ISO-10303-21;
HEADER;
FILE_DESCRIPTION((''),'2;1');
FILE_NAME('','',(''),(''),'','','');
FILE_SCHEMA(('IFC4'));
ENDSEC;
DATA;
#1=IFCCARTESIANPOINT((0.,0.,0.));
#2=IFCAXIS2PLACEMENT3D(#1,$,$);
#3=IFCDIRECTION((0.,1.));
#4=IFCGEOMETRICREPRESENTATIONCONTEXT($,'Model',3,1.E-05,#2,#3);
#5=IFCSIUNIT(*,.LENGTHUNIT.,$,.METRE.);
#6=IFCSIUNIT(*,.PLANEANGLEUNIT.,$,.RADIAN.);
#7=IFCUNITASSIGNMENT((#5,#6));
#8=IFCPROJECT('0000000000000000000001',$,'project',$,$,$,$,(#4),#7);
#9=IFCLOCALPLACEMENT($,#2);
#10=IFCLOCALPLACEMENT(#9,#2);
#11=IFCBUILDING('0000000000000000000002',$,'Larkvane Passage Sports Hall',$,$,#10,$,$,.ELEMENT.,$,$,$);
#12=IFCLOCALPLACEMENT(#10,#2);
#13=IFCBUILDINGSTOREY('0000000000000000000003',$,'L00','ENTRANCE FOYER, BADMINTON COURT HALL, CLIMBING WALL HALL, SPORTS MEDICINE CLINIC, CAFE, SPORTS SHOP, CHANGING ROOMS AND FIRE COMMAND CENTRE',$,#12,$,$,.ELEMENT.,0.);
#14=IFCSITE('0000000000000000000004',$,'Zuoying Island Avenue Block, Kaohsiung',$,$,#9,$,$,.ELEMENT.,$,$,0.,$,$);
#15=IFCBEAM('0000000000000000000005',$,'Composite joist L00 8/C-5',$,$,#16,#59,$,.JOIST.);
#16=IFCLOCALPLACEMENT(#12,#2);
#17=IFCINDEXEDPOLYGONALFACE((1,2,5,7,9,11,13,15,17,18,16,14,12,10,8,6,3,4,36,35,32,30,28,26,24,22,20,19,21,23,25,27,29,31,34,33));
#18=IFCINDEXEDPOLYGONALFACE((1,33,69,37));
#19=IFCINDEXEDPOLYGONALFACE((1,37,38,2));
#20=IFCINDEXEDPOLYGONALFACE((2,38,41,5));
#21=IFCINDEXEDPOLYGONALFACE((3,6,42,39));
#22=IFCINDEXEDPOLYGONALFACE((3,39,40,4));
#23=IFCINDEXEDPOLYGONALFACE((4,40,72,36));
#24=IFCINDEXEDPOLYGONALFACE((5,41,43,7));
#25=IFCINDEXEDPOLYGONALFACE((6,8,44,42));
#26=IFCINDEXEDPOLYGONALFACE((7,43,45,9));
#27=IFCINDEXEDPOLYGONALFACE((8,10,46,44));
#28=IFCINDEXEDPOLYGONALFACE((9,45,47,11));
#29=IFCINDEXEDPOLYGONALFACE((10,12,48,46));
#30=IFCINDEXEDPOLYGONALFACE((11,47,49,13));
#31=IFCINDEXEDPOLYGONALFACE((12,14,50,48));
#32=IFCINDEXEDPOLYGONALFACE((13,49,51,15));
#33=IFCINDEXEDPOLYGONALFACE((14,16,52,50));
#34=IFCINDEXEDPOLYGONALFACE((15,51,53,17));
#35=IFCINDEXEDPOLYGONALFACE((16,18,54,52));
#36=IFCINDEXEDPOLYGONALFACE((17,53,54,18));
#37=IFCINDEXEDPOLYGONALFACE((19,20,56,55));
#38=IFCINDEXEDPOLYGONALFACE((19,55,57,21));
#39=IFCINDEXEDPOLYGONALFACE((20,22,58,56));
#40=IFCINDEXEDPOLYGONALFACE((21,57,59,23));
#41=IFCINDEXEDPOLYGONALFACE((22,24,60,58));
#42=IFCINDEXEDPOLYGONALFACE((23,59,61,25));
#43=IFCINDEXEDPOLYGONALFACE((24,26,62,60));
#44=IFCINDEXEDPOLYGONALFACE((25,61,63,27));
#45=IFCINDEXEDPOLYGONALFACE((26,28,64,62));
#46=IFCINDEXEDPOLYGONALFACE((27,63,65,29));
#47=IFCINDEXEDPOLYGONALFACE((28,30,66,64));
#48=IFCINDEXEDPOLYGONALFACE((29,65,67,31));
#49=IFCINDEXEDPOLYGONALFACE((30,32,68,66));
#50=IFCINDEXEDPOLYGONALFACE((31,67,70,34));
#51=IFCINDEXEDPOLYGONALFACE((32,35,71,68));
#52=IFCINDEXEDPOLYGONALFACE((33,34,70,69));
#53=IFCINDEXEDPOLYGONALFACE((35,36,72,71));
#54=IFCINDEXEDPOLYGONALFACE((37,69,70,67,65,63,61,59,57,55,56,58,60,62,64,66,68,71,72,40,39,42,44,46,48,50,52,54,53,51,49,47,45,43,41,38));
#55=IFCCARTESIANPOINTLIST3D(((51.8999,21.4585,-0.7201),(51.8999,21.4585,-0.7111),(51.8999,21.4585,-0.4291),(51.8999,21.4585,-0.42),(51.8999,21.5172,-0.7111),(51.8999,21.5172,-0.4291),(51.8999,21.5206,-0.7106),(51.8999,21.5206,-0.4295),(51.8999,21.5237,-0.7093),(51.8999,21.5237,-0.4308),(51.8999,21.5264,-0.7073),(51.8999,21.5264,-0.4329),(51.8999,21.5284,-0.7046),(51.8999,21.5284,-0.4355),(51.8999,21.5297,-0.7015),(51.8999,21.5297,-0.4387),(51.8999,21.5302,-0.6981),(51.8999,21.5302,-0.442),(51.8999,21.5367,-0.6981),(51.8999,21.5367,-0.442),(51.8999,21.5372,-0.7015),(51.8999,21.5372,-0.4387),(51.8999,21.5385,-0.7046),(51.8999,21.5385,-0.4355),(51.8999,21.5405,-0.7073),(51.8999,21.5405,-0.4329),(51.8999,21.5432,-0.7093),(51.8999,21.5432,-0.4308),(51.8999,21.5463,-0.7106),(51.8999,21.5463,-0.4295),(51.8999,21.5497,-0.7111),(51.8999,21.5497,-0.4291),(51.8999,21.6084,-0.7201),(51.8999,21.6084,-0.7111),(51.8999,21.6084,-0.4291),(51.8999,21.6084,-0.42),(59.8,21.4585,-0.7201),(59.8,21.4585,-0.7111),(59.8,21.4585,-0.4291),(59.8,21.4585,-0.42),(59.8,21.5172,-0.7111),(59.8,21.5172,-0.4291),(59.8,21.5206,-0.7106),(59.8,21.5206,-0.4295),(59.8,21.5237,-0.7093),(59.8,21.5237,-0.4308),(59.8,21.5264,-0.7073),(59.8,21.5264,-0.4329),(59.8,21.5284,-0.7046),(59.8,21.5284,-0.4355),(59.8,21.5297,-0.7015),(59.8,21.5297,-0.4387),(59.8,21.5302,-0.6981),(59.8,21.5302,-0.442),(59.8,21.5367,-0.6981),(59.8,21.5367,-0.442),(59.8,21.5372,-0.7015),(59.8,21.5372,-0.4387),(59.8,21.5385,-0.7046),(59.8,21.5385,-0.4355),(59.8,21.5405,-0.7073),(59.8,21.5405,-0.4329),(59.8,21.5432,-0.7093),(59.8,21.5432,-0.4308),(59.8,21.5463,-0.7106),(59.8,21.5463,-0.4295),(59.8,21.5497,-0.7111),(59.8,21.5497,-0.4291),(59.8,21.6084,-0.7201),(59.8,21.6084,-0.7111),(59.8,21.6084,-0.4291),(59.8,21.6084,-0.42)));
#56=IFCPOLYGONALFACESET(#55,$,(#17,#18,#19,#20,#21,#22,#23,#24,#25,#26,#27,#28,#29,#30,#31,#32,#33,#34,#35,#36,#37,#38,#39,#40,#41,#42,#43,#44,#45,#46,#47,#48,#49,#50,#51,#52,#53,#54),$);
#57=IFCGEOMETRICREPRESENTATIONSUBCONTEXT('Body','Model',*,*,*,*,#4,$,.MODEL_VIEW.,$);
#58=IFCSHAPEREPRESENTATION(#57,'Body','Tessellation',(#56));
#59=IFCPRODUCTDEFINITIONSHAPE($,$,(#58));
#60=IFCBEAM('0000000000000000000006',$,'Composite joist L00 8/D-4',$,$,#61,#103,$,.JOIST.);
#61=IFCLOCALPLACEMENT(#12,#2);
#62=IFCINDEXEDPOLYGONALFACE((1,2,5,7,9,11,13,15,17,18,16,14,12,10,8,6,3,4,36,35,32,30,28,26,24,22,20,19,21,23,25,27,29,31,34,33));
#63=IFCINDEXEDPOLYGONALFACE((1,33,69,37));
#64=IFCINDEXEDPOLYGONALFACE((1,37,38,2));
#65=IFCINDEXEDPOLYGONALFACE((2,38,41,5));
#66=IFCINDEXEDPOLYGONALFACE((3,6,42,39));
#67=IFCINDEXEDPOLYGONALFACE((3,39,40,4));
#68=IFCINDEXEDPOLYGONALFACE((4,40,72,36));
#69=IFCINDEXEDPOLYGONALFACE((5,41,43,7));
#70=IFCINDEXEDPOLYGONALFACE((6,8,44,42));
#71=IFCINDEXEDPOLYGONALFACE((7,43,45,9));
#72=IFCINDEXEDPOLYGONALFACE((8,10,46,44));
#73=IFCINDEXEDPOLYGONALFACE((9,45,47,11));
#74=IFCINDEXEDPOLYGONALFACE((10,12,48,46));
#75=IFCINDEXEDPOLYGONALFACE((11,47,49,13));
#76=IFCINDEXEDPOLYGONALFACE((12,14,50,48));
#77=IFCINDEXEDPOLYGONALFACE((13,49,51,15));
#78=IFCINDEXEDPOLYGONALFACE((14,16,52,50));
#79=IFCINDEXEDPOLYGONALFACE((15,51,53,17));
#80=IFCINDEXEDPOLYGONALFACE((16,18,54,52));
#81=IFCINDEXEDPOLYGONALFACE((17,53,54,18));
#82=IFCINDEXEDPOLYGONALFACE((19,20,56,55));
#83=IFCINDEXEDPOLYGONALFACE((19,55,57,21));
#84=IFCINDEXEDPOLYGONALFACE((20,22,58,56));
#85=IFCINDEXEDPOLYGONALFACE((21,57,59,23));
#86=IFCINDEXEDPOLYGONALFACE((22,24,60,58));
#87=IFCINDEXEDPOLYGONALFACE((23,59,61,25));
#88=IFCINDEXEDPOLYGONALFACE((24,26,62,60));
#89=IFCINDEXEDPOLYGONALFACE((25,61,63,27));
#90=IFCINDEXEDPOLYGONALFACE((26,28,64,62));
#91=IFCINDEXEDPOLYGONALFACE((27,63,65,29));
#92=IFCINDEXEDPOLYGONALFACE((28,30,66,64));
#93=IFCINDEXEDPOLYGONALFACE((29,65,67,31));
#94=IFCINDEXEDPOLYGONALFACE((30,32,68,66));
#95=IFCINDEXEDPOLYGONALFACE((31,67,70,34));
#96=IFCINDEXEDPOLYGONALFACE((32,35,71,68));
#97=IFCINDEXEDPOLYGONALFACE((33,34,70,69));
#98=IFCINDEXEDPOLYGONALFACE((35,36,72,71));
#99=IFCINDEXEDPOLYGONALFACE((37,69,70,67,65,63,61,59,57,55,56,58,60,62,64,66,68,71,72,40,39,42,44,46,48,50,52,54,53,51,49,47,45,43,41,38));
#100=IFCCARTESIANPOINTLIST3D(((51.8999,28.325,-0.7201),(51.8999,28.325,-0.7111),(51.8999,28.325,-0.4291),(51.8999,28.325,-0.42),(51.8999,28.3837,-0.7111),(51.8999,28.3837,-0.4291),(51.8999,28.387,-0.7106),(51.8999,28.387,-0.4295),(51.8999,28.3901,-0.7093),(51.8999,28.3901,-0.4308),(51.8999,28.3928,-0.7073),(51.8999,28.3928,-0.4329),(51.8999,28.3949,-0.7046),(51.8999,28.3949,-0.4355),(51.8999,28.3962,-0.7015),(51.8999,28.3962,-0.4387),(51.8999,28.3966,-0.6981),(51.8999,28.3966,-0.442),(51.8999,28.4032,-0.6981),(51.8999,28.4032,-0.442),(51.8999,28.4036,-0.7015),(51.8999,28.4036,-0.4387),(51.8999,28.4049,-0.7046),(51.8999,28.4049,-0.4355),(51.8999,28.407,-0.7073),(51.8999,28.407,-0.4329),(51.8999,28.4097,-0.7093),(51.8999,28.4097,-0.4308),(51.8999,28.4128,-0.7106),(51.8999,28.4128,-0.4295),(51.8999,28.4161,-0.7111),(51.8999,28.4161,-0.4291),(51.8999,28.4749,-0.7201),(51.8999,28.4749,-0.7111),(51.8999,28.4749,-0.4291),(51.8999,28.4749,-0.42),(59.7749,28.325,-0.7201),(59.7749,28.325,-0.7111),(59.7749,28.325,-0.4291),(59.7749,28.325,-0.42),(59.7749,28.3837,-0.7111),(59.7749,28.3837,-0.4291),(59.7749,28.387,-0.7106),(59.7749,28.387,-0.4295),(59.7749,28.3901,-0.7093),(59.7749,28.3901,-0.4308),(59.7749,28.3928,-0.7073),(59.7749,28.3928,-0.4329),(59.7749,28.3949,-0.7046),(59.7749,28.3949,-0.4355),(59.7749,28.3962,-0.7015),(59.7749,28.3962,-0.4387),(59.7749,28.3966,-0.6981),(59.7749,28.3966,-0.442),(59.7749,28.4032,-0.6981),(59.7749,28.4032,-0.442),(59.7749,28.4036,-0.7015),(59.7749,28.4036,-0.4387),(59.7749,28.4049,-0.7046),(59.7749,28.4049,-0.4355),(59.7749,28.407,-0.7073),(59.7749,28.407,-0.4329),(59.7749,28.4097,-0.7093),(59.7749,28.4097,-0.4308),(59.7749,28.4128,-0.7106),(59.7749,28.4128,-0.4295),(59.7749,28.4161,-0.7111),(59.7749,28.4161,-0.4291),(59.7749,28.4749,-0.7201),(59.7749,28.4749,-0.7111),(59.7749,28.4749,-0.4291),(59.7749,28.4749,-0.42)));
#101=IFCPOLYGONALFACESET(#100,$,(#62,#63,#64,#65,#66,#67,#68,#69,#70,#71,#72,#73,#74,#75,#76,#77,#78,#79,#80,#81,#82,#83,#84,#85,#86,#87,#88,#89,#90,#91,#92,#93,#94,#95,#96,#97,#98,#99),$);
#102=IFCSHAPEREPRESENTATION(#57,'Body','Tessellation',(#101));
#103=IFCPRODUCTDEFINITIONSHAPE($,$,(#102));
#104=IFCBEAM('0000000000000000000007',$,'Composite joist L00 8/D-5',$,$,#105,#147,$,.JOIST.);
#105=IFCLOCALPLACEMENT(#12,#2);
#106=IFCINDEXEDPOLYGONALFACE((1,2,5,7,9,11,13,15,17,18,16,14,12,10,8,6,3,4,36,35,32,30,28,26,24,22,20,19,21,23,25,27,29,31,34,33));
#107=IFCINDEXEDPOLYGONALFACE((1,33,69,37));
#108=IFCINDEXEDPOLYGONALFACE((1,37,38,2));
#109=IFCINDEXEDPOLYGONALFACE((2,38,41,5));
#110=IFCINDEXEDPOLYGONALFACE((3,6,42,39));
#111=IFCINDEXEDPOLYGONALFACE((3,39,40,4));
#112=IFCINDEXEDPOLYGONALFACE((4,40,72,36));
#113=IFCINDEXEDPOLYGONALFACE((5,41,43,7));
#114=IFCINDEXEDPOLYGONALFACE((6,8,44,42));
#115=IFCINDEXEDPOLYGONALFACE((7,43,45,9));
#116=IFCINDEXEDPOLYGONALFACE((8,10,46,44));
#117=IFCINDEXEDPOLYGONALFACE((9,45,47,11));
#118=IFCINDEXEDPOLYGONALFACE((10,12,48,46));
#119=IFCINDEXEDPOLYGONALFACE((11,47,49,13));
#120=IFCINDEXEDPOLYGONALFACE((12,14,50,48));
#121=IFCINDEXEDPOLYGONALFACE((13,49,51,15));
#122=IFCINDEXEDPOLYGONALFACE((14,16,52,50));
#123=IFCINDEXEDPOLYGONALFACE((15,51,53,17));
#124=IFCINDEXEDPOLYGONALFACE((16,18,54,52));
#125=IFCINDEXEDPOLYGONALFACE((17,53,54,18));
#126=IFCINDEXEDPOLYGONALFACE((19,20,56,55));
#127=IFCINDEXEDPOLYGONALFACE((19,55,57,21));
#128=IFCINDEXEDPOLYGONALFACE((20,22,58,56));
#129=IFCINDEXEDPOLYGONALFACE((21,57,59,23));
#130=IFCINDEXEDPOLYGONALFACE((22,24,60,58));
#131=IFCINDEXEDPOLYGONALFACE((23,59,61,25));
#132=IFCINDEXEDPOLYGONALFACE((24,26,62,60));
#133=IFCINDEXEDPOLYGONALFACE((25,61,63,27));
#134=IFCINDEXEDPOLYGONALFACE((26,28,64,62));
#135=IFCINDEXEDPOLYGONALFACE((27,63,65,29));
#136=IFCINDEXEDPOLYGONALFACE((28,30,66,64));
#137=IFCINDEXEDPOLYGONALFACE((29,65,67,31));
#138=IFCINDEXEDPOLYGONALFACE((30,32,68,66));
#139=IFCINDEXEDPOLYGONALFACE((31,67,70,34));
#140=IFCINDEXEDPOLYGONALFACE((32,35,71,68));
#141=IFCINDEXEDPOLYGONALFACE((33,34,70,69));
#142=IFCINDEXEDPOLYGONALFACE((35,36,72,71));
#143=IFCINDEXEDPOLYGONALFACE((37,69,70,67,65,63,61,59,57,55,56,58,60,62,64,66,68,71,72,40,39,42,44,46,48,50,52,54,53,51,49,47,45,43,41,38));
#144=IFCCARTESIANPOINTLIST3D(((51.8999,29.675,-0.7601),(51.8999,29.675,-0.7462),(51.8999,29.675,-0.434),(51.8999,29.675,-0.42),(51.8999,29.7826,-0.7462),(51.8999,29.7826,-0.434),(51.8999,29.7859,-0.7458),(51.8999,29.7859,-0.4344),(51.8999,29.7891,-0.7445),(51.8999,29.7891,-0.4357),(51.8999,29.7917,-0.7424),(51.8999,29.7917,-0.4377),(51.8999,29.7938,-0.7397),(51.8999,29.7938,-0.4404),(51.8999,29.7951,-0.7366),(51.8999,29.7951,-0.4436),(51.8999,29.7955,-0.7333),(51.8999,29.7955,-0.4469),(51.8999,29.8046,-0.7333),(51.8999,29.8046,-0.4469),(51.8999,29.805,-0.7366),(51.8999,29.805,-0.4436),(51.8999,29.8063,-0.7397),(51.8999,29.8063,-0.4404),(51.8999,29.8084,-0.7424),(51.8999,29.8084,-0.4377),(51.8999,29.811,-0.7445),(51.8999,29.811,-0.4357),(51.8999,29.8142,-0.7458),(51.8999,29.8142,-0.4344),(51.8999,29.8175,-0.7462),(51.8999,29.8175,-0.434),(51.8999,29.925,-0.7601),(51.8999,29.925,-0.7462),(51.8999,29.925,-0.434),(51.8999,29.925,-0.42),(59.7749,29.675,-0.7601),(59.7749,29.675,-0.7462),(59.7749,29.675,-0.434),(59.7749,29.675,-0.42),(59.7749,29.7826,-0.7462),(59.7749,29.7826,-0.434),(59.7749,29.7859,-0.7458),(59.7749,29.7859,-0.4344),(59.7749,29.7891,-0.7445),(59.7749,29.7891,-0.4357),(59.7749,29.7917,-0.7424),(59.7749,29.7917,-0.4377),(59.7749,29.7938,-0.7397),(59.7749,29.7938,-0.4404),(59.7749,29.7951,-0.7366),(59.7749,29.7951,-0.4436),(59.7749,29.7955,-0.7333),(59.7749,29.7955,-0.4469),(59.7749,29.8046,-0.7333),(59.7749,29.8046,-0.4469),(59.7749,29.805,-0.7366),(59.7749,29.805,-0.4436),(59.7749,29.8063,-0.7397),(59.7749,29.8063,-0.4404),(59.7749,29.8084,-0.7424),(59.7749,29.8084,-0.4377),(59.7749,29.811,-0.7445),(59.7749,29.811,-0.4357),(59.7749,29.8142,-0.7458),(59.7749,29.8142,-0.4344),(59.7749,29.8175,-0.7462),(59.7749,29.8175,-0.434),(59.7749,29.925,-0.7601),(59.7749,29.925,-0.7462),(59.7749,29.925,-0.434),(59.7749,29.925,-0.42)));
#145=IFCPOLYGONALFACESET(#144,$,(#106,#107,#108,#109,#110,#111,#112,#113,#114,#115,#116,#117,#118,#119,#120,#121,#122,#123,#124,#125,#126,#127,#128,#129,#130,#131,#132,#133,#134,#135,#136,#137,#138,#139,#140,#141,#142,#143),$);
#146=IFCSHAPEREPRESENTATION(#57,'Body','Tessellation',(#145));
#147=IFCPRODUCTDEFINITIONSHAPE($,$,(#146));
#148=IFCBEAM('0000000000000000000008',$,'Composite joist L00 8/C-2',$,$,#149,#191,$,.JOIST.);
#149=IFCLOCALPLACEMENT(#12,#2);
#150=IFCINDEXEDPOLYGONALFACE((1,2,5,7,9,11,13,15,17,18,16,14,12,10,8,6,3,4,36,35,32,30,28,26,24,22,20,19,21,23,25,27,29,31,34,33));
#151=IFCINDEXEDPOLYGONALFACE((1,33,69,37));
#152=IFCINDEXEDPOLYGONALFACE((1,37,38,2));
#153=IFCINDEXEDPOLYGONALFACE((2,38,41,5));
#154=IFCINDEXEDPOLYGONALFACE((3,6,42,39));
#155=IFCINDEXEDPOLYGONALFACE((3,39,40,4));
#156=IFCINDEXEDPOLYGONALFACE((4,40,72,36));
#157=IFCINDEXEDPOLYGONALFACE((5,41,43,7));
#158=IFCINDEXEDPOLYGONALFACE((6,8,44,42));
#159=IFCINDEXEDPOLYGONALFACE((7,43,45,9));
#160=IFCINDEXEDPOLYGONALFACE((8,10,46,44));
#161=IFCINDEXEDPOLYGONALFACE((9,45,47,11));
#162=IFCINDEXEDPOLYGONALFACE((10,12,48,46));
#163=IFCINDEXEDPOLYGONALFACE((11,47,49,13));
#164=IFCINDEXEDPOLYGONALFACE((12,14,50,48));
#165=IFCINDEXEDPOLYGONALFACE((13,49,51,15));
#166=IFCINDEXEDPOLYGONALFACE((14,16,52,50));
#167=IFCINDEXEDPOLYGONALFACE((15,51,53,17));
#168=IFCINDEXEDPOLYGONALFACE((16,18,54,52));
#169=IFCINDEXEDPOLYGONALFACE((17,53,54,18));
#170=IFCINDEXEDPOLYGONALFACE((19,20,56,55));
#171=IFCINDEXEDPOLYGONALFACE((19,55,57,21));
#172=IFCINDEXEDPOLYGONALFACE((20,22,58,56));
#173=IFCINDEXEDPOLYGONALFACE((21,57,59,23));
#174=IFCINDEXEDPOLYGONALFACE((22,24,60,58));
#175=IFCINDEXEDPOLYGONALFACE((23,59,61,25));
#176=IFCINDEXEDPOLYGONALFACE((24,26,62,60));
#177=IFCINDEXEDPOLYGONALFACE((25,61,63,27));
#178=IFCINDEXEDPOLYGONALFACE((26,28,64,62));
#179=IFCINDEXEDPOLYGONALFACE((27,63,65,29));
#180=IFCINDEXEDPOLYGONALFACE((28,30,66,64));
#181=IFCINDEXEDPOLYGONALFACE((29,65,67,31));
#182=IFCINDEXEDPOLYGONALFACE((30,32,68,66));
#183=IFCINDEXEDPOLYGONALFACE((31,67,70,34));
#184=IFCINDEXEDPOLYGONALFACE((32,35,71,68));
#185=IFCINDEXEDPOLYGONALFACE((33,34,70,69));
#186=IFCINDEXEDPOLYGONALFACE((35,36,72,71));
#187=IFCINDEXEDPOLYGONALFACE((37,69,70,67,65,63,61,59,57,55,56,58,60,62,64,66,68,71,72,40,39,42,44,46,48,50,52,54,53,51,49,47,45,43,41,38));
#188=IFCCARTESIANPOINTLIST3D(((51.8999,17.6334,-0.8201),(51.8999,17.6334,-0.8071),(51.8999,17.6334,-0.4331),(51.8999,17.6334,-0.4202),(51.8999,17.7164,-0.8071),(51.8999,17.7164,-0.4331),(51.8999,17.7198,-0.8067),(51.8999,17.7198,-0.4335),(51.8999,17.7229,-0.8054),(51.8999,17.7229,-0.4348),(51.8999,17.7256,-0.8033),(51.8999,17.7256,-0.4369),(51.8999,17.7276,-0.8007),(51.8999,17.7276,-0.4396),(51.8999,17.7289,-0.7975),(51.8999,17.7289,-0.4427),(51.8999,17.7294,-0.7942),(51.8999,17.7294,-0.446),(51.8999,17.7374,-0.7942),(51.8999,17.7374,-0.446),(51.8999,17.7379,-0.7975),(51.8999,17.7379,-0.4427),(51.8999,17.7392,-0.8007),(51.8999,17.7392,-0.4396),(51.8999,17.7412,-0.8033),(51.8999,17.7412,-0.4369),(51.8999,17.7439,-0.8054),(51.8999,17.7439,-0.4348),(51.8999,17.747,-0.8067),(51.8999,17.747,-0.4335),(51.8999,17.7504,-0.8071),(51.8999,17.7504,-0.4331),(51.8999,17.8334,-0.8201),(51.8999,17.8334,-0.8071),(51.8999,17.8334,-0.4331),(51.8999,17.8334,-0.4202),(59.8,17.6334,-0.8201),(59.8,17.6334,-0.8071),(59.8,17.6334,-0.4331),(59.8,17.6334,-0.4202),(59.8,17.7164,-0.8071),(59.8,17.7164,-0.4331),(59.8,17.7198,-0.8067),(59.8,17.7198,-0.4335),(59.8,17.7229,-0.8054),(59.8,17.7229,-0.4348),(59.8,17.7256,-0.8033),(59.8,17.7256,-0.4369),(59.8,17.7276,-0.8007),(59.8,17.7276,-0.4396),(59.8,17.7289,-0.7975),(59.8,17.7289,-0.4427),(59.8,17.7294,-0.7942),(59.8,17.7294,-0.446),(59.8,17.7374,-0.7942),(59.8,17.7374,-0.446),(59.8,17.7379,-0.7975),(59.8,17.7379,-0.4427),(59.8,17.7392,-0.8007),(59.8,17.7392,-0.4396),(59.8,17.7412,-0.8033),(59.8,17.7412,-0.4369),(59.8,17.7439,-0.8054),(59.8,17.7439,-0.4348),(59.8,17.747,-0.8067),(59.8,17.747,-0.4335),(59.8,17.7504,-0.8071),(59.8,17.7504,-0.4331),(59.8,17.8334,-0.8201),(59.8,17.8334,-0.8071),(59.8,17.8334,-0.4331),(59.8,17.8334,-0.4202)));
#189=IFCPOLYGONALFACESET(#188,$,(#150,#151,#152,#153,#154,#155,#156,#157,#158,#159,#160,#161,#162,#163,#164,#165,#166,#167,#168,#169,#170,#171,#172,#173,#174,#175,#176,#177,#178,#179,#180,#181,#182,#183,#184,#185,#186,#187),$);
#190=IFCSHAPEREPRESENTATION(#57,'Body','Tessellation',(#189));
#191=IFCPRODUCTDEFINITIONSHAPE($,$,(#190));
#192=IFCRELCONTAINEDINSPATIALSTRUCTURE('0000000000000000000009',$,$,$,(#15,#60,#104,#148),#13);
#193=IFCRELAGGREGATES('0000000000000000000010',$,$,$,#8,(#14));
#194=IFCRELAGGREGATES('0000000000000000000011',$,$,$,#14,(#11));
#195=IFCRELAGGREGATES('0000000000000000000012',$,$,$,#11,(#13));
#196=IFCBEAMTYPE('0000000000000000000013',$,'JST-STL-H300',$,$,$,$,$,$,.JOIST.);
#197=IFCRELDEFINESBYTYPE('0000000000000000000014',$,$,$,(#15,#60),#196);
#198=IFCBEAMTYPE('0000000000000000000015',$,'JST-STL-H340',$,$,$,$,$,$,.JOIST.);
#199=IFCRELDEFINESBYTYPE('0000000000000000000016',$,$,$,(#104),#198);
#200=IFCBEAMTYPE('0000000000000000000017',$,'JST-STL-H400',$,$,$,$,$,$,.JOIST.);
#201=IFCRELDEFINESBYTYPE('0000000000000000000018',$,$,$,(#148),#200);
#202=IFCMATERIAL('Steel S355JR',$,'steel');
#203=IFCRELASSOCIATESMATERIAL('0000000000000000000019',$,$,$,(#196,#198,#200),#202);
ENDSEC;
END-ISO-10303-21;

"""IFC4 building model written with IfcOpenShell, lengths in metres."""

from ifc_helpers import new_model, si_unit, direction, frame, origin, origin_2d, place, context, subcontext, project, spatial, i_section, extrude, material, material_profile, profile_set, type_object, element, save


model = new_model("IFC4")

# Units and contexts
model_context = context("Model", 3, precision=1e-05, world=origin(), true_north=direction((0.0, 1.0)))
body_context = subcontext(model_context, "Body", "Model", "MODEL_VIEW")
ifc_project = project(units=[si_unit("LENGTHUNIT", "METRE"), si_unit("PLANEANGLEUNIT", "RADIAN")], contexts=[model_context])

# Site, building, storey
site_placement = place(None, origin())
site = spatial("IfcSite", under=ifc_project, at=site_placement, Name="Zuoying Island Avenue Block, Kaohsiung", CompositionType="ELEMENT", RefElevation=0.0)
building_placement = place(site_placement, origin())
building = spatial("IfcBuilding", under=site, at=building_placement, Name="Larkvane Passage Sports Hall", CompositionType="ELEMENT")
storey_placement = place(building_placement, origin())
storey = spatial("IfcBuildingStorey", under=building, at=storey_placement, Name="L00", Description="ENTRANCE FOYER, BADMINTON COURT HALL, CLIMBING WALL HALL, SPORTS MEDICINE CLINIC, CAFE, SPORTS SHOP, CHANGING ROOMS AND FIRE COMMAND CENTRE", CompositionType="ELEMENT", Elevation=0.0)

# Beams
ifc_material_1 = material(Name="Steel S355JR", Category="steel")
ifc_material_profile_1 = material_profile(ifc_material_1, i_section(OverallWidth=0.1499, OverallDepth=0.3, WebThickness=0.0066, FlangeThickness=0.009, FilletRadius=0.0129, at=origin_2d()), Name="H-300x150x6.5x9")
ifc_profile_set_1 = profile_set([ifc_material_profile_1], Name="Steel S355JR")
beam_type_1 = type_object("IfcBeamType", Name="JST-STL-H300", PredefinedType="JOIST", material=ifc_profile_set_1)
beam_1_placement = place(storey_placement, frame((51.8999, 21.5334, -0.5701), z_axis=(1.0, 0.0, 0.0), x_axis=(0.0, 1.0, 0.0)))
element("IfcBeam", 1, at=beam_1_placement, inside=storey, type_object=beam_type_1, Name="Composite joist L00 8/C-5", PredefinedType="JOIST", context=body_context, shape_type="SweptSolid", body=[
    extrude(i_section(OverallWidth=0.1499, OverallDepth=0.3, WebThickness=0.0066, FlangeThickness=0.009, FilletRadius=0.0129, at=origin_2d()), origin(), (0.0, 0.0, 1.0), 7.9001),
])
beam_2_placement = place(storey_placement, frame((51.8999, 28.3999, -0.5701), z_axis=(1.0, 0.0, 0.0), x_axis=(0.0, 1.0, 0.0)))
element("IfcBeam", 2, at=beam_2_placement, inside=storey, type_object=beam_type_1, Name="Composite joist L00 8/D-4", PredefinedType="JOIST", context=body_context, shape_type="SweptSolid", body=[
    extrude(i_section(OverallWidth=0.1499, OverallDepth=0.3, WebThickness=0.0066, FlangeThickness=0.009, FilletRadius=0.0129, at=origin_2d()), origin(), (0.0, 0.0, 1.0), 7.875),
])
ifc_material_profile_2 = material_profile(ifc_material_1, i_section(OverallWidth=0.25, OverallDepth=0.3401, WebThickness=0.009, FlangeThickness=0.0139, FilletRadius=0.0129, at=origin_2d()), Name="H-340x250x9x14")
ifc_profile_set_2 = profile_set([ifc_material_profile_2], Name="Steel S355JR")
beam_type_2 = type_object("IfcBeamType", Name="JST-STL-H340", PredefinedType="JOIST", material=ifc_profile_set_2)
beam_3_placement = place(storey_placement, frame((51.8999, 29.8, -0.5901), z_axis=(1.0, 0.0, 0.0), x_axis=(0.0, 1.0, 0.0)))
element("IfcBeam", 3, at=beam_3_placement, inside=storey, type_object=beam_type_2, Name="Composite joist L00 8/D-5", PredefinedType="JOIST", context=body_context, shape_type="SweptSolid", body=[
    extrude(i_section(OverallWidth=0.25, OverallDepth=0.3401, WebThickness=0.009, FlangeThickness=0.0139, FilletRadius=0.0129, at=origin_2d()), origin(), (0.0, 0.0, 1.0), 7.875),
])
ifc_material_profile_3 = material_profile(ifc_material_1, i_section(OverallWidth=0.2, OverallDepth=0.3999, WebThickness=0.0081, FlangeThickness=0.0129, FilletRadius=0.0129, at=origin_2d()), Name="H-400x200x8x13")
ifc_profile_set_3 = profile_set([ifc_material_profile_3], Name="Steel S355JR")
beam_type_3 = type_object("IfcBeamType", Name="JST-STL-H400", PredefinedType="JOIST", material=ifc_profile_set_3)
beam_4_placement = place(storey_placement, frame((51.8999, 17.7334, -0.6201), z_axis=(1.0, 0.0, 0.0), x_axis=(0.0, 1.0, 0.0)))
element("IfcBeam", 4, at=beam_4_placement, inside=storey, type_object=beam_type_3, Name="Composite joist L00 8/C-2", PredefinedType="JOIST", context=body_context, shape_type="SweptSolid", body=[
    extrude(i_section(OverallWidth=0.2, OverallDepth=0.3999, WebThickness=0.0081, FlangeThickness=0.0129, FilletRadius=0.0129, at=origin_2d()), origin(), (0.0, 0.0, 1.0), 7.9001),
])

save(model, "model.ifc")
